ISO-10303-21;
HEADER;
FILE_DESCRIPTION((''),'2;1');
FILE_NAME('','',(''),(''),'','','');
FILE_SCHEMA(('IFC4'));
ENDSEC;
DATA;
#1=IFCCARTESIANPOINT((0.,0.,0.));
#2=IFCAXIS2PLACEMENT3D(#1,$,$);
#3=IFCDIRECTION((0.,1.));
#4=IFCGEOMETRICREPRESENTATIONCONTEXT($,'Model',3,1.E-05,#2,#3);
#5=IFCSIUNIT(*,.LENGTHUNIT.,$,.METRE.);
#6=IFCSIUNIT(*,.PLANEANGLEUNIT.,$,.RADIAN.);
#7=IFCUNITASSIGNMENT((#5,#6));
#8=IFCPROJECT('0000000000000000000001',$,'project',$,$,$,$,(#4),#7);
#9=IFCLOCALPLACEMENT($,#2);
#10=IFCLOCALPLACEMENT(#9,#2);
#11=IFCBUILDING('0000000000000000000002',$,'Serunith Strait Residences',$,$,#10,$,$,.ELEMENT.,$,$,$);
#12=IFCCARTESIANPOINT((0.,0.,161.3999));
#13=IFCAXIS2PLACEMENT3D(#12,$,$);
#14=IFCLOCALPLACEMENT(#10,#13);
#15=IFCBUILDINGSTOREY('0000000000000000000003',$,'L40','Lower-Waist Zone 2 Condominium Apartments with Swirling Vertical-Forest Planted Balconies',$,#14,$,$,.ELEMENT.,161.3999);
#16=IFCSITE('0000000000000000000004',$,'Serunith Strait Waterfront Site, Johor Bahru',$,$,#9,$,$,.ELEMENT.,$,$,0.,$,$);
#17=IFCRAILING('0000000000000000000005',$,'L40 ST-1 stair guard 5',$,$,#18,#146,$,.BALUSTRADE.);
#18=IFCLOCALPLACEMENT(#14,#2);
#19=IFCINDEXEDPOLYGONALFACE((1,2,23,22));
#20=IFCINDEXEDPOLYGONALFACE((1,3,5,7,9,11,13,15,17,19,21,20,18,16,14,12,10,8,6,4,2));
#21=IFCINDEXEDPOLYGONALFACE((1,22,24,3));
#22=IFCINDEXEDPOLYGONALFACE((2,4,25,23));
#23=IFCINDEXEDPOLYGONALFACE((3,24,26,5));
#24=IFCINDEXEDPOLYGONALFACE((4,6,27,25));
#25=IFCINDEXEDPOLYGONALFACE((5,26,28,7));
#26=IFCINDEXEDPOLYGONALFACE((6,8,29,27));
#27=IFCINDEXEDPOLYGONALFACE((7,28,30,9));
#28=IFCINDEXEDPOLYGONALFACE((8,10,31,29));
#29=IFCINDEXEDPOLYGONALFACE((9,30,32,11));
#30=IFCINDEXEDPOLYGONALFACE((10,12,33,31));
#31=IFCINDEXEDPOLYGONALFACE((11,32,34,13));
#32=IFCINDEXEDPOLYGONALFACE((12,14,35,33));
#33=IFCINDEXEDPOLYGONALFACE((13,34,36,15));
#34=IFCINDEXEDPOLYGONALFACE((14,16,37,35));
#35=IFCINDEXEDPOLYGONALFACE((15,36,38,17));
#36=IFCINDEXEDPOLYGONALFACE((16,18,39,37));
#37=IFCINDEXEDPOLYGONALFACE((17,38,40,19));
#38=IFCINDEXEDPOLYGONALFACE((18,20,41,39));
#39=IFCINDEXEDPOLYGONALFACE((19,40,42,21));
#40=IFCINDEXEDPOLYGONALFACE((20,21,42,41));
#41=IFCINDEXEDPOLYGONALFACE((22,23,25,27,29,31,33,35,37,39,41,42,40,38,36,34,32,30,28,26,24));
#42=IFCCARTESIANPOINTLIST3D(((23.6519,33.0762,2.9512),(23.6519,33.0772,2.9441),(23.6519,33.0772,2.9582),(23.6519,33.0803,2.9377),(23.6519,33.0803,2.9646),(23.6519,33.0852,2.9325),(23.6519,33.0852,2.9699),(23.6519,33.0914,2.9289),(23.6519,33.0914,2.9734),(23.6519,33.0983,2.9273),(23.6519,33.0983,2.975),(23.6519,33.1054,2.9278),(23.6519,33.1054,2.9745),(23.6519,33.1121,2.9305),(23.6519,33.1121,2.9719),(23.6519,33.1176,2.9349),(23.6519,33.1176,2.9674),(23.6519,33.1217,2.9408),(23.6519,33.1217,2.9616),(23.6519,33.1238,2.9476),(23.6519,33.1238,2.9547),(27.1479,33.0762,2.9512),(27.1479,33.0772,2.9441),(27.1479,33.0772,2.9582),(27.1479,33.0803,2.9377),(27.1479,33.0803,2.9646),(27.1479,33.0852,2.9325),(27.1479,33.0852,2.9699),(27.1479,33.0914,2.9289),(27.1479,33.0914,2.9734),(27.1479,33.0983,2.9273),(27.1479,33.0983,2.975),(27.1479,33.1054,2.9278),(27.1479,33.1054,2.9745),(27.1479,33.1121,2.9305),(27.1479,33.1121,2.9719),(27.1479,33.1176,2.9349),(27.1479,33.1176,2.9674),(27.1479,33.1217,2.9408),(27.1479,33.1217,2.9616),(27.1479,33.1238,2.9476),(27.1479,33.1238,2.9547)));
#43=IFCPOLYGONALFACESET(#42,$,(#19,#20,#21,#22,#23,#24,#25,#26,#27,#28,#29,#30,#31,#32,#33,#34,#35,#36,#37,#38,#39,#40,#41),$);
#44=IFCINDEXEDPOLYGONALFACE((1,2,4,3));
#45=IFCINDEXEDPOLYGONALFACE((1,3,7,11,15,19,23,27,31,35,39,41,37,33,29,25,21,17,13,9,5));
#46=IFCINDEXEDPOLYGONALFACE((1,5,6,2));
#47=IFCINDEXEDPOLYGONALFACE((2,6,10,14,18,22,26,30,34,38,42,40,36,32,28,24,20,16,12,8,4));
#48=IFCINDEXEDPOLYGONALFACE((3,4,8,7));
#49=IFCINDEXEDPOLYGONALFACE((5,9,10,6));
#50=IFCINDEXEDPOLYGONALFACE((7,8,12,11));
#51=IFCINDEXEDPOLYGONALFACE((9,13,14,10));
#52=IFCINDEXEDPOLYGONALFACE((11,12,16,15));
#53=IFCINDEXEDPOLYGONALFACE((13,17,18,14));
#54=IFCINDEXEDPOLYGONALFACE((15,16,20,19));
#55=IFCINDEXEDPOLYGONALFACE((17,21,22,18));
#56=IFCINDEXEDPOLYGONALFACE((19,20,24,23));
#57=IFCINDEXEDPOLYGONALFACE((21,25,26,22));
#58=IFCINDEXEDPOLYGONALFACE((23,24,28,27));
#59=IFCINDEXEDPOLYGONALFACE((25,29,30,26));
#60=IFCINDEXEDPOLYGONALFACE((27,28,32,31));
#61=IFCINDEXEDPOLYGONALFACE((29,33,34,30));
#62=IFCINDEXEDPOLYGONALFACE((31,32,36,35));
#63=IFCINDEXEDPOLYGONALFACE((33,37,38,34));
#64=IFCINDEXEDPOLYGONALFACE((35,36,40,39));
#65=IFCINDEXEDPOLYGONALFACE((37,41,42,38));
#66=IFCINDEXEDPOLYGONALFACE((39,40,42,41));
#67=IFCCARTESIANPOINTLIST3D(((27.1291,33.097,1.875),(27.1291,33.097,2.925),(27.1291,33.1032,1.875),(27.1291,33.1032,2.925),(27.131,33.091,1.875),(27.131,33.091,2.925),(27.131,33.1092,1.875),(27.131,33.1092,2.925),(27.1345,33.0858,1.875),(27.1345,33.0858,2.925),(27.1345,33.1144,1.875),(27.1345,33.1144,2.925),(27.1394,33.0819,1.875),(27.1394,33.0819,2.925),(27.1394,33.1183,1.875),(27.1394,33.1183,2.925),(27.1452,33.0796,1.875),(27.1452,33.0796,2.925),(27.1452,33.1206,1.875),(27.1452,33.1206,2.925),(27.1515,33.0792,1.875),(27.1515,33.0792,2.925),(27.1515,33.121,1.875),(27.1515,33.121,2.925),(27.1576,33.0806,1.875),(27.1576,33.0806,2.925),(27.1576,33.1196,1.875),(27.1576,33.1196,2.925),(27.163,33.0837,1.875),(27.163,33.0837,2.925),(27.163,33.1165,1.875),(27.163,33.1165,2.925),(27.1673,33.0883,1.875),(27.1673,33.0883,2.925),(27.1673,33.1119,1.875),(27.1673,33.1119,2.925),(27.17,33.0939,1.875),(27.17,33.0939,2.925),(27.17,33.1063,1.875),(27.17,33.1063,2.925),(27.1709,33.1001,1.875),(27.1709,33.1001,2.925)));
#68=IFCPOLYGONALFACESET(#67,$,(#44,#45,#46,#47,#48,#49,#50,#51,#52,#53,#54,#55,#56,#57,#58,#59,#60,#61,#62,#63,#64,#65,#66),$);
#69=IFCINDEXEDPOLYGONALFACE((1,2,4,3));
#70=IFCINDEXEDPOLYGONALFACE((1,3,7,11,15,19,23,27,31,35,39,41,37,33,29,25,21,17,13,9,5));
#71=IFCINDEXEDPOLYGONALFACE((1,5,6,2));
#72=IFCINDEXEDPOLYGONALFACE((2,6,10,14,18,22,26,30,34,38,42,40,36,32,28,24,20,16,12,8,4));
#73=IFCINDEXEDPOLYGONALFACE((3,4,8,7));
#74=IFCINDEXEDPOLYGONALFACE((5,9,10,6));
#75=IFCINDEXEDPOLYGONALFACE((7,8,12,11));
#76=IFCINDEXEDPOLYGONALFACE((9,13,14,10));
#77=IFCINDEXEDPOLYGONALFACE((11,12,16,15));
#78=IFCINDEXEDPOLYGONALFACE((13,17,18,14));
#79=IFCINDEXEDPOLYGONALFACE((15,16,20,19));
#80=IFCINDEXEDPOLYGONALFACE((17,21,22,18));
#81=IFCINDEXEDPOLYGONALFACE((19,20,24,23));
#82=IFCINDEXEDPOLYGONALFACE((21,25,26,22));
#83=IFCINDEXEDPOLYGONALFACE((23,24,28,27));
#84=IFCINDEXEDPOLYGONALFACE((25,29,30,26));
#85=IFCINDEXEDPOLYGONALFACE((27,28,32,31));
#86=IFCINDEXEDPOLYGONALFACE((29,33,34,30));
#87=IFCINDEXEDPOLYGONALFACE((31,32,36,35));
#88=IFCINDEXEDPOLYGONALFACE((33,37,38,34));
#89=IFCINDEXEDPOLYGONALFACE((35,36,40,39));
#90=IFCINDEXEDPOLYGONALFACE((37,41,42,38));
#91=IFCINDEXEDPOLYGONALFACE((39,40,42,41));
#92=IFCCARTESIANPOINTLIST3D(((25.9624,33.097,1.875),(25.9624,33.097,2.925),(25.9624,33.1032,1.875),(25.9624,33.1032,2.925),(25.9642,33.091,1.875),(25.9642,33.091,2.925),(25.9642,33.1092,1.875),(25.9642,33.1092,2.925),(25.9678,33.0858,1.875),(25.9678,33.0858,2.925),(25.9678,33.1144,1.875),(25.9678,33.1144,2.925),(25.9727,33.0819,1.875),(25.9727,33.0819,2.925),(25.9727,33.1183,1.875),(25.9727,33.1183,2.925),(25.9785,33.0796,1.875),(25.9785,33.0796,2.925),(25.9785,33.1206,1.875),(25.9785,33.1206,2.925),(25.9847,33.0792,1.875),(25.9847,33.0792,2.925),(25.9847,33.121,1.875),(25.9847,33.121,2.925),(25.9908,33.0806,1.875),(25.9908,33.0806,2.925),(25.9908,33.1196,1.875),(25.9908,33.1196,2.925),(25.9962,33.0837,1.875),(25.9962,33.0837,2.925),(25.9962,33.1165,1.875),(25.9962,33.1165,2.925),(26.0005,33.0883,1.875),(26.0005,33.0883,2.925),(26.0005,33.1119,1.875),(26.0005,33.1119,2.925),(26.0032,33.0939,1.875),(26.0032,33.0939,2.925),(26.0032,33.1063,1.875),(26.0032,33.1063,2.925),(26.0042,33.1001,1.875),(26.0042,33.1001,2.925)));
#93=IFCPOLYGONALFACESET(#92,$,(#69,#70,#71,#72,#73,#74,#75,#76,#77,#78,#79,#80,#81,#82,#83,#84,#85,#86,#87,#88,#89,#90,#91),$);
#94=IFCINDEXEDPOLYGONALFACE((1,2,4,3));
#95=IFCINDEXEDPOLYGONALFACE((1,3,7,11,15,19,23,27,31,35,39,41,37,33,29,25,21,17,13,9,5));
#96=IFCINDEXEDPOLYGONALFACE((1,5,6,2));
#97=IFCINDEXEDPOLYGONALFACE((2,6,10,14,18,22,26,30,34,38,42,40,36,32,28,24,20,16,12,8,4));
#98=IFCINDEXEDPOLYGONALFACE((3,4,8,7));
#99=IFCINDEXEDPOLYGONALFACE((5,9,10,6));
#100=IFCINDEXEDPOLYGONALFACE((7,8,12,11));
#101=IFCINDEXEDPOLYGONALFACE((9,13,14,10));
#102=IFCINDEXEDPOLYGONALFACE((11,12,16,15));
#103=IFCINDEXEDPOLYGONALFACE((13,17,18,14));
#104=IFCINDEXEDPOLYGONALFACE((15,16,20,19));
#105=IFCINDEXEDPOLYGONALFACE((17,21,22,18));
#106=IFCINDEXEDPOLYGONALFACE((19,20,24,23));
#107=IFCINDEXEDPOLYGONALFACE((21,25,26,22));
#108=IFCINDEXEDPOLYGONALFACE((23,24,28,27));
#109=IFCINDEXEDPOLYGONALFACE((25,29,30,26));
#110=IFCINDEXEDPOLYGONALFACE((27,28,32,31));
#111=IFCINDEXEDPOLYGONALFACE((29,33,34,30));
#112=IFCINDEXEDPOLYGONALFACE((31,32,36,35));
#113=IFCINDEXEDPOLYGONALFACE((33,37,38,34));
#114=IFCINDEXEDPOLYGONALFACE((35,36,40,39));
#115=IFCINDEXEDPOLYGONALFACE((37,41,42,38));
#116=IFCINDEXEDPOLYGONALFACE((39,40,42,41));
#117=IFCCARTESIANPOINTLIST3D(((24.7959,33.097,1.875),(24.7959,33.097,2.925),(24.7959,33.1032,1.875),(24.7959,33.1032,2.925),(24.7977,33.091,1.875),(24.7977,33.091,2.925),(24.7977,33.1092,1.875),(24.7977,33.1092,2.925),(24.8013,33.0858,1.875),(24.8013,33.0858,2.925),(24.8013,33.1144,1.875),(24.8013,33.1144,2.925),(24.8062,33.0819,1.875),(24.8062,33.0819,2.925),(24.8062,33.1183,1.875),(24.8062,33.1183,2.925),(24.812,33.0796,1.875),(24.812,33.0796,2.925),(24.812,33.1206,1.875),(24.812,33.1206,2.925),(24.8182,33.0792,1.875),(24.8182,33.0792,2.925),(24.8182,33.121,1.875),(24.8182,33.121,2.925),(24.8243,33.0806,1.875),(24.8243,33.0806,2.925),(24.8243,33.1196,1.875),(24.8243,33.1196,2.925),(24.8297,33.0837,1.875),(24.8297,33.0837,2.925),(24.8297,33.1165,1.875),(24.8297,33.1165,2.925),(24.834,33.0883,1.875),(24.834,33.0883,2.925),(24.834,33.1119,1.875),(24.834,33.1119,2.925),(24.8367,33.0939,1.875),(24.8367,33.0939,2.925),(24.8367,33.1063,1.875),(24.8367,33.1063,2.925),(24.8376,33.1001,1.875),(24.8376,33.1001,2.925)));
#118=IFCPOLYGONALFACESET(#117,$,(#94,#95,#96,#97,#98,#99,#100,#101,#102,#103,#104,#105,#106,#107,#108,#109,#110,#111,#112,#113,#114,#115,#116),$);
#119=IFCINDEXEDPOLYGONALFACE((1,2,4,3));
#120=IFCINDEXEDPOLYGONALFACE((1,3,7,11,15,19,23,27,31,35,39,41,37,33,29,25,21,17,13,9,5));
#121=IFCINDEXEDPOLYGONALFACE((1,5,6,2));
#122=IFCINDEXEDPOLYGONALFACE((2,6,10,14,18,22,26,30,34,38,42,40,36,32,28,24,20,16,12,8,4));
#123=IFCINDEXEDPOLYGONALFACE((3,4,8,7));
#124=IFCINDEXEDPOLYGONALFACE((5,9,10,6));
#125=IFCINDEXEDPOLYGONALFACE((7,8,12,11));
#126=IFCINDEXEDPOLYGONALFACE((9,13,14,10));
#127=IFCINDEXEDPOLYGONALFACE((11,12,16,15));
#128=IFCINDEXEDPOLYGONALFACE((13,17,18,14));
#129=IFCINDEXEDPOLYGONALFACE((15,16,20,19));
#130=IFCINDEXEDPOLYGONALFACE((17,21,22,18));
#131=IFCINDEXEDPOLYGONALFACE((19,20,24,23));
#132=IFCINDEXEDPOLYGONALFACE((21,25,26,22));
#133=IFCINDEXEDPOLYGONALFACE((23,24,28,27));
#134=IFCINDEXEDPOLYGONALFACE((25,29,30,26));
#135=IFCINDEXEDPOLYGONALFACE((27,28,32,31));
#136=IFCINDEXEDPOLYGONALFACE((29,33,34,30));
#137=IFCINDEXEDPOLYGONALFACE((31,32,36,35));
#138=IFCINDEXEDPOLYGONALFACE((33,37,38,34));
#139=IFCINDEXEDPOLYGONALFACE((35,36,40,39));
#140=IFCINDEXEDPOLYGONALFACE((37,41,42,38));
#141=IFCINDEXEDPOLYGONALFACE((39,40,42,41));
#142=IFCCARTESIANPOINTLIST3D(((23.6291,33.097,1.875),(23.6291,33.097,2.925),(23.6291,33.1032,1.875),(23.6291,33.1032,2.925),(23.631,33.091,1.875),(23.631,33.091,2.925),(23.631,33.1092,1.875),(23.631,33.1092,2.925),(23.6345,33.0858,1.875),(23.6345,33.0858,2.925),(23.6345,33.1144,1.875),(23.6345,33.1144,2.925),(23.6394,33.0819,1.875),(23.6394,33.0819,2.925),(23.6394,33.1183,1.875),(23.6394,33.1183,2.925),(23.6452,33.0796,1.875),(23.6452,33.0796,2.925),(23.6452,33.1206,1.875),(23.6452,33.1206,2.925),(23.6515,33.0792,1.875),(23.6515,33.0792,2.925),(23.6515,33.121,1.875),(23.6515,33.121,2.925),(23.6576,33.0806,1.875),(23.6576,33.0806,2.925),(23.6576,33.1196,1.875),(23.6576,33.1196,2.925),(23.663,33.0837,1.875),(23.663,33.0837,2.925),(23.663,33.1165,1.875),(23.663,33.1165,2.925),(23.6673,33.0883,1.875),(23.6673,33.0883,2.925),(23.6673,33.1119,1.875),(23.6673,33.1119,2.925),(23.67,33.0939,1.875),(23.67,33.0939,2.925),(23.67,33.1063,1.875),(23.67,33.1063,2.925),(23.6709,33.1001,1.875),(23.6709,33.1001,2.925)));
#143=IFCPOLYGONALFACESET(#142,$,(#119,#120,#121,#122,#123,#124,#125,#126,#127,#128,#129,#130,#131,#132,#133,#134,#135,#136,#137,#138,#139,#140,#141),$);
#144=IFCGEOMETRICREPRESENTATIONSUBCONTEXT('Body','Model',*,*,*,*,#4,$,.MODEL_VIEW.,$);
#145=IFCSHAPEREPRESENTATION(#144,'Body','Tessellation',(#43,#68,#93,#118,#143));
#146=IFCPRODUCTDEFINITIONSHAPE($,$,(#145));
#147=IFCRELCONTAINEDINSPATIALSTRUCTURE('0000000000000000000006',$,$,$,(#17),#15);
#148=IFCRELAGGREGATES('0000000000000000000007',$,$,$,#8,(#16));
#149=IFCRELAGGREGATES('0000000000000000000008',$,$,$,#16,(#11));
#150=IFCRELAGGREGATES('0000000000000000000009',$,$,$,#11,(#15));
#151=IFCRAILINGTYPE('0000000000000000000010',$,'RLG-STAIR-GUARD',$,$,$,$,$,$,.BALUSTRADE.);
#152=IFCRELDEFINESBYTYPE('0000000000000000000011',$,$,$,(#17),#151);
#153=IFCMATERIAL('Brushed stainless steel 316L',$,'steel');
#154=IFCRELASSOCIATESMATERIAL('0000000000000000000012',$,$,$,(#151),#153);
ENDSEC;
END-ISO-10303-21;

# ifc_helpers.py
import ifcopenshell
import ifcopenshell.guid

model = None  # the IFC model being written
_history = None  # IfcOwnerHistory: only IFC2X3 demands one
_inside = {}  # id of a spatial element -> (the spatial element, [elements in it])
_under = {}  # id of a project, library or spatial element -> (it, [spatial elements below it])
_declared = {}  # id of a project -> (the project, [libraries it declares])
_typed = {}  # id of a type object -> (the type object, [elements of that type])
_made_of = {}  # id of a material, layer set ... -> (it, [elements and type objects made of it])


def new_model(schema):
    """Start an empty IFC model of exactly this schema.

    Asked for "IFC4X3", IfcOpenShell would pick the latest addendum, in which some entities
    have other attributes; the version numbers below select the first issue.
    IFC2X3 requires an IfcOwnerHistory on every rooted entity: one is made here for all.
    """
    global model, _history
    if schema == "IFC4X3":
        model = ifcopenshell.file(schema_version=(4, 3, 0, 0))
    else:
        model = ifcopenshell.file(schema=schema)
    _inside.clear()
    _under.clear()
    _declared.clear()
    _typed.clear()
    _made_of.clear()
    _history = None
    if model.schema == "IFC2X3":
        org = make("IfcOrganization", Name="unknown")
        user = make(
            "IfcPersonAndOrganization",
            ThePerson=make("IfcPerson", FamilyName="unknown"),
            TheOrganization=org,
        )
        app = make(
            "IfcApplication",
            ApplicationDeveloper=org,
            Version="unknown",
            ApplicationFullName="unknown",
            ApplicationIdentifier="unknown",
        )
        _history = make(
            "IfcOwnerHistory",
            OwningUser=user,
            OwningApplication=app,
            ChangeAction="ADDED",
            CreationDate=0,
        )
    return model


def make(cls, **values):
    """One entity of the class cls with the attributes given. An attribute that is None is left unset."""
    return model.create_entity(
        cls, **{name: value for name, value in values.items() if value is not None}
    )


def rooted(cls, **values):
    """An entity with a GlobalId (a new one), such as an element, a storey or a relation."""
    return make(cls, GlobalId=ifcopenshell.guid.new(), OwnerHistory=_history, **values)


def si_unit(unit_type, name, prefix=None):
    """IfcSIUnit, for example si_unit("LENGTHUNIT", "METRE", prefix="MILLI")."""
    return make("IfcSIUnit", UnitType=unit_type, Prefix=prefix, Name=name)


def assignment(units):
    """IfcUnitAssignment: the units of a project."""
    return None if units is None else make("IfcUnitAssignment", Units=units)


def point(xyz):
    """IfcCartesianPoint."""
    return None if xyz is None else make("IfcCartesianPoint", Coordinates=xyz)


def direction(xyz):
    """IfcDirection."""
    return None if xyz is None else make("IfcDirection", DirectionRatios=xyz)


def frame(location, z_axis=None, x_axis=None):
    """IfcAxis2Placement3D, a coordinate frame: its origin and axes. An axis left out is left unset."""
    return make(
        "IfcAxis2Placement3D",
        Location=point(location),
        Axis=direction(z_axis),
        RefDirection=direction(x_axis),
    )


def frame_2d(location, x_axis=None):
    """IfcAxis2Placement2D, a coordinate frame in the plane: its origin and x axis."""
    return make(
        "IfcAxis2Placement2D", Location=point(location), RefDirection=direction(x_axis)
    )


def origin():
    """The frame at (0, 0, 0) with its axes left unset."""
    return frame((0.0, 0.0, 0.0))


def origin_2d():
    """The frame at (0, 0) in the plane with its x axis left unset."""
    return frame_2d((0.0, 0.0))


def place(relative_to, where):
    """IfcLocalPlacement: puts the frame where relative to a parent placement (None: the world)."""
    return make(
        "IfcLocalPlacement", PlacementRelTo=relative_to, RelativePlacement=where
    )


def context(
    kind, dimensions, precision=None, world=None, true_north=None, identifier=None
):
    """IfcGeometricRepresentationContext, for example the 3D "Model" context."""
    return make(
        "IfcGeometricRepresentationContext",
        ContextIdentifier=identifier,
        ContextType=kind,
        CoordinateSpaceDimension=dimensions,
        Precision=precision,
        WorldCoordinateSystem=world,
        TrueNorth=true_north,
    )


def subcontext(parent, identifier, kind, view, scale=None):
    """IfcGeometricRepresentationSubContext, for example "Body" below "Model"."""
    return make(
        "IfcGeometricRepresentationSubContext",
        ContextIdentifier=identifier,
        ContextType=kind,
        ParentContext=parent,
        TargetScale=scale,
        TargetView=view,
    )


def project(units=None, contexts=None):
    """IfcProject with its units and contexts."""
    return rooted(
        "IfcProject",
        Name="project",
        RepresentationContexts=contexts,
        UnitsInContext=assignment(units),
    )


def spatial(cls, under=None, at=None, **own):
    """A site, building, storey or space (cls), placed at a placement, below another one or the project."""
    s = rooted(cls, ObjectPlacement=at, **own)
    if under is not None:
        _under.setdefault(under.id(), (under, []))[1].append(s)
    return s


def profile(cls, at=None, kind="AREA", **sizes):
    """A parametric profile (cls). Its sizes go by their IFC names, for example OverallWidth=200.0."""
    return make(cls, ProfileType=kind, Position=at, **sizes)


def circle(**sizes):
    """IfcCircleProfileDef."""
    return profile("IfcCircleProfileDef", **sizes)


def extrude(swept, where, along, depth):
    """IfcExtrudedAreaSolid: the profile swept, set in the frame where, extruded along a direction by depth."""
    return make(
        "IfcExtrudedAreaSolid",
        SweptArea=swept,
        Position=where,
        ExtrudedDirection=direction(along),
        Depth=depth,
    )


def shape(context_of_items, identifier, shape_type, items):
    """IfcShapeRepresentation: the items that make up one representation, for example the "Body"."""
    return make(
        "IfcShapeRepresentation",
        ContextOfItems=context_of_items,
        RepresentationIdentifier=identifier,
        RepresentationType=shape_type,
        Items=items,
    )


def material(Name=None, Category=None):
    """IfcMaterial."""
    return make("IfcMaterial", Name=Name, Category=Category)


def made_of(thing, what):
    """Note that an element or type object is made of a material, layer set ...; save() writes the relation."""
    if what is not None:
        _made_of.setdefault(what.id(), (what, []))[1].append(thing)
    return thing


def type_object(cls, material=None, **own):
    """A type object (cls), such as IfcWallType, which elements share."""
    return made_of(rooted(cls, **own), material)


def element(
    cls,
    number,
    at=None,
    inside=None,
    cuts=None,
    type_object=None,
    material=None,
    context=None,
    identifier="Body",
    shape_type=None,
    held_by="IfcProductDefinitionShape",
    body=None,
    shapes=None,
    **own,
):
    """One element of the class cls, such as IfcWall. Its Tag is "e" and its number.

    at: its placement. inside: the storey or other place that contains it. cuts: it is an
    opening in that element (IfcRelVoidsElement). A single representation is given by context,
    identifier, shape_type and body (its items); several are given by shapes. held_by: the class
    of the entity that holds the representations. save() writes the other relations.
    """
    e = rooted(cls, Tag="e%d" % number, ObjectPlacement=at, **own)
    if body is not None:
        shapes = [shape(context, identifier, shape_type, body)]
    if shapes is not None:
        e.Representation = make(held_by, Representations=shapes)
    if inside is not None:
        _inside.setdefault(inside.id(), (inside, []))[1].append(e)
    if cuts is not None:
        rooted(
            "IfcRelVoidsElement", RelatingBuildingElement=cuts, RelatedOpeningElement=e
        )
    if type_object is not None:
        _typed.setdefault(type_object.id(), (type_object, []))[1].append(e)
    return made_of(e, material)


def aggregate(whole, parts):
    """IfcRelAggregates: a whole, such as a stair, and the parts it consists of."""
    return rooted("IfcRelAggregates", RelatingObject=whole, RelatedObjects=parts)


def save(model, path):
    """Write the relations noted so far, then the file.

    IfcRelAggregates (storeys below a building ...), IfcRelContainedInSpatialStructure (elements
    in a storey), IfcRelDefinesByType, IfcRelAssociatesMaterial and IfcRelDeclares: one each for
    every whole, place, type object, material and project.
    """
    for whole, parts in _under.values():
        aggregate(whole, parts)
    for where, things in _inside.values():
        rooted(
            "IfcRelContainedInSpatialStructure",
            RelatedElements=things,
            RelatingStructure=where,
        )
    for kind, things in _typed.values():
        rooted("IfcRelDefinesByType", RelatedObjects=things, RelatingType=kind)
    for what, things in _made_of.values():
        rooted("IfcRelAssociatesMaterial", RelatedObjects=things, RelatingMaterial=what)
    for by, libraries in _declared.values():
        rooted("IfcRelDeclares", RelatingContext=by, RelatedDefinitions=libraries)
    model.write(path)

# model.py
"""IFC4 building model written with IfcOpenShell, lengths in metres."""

from ifc_helpers import new_model, si_unit, direction, frame, origin, origin_2d, place, context, subcontext, project, spatial, circle, extrude, material, type_object, element, save


model = new_model("IFC4")

# Units and contexts
model_context = context("Model", 3, precision=1e-05, world=origin(), true_north=direction((0.0, 1.0)))
body_context = subcontext(model_context, "Body", "Model", "MODEL_VIEW")
ifc_project = project(units=[si_unit("LENGTHUNIT", "METRE"), si_unit("PLANEANGLEUNIT", "RADIAN")], contexts=[model_context])

# Site, building, storey
site_placement = place(None, origin())
site = spatial("IfcSite", under=ifc_project, at=site_placement, Name="Serunith Strait Waterfront Site, Johor Bahru", CompositionType="ELEMENT", RefElevation=0.0)
building_placement = place(site_placement, origin())
building = spatial("IfcBuilding", under=site, at=building_placement, Name="Serunith Strait Residences", CompositionType="ELEMENT")
storey_placement = place(building_placement, frame((0.0, 0.0, 161.3999)))
storey = spatial("IfcBuildingStorey", under=building, at=storey_placement, Name="L40", Description="Lower-Waist Zone 2 Condominium Apartments with Swirling Vertical-Forest Planted Balconies", CompositionType="ELEMENT", Elevation=161.3999)

# Railing
ifc_material_1 = material(Name="Brushed stainless steel 316L", Category="steel")
railing_type_1 = type_object("IfcRailingType", Name="RLG-STAIR-GUARD", PredefinedType="BALUSTRADE", material=ifc_material_1)
railing_1_placement = place(storey_placement, frame((27.1499, 33.1001, 1.875)))
element("IfcRailing", 1, at=railing_1_placement, inside=storey, type_object=railing_type_1, Name="L40 ST-1 stair guard 5", PredefinedType="BALUSTRADE", context=body_context, shape_type="SweptSolid", body=[
    extrude(circle(Radius=0.0239, at=origin_2d()), frame((-0.002, 0.0, 1.0762), z_axis=(-1.0, 0.0, 0.0), x_axis=(0.0, -1.0, 0.0)), (0.0, 0.0, 1.0), 3.4961),
    extrude(circle(Radius=0.021, at=origin_2d()), origin(), (0.0, 0.0, 1.0), 1.05),
    extrude(circle(Radius=0.021, at=origin_2d()), frame((-1.1667, 0.0, 0.0)), (0.0, 0.0, 1.0), 1.05),
    extrude(circle(Radius=0.021, at=origin_2d()), frame((-2.3333, 0.0, 0.0)), (0.0, 0.0, 1.0), 1.05),
    extrude(circle(Radius=0.021, at=origin_2d()), frame((-3.5, 0.0, 0.0)), (0.0, 0.0, 1.0), 1.05),
])

save(model, "model.ifc")
